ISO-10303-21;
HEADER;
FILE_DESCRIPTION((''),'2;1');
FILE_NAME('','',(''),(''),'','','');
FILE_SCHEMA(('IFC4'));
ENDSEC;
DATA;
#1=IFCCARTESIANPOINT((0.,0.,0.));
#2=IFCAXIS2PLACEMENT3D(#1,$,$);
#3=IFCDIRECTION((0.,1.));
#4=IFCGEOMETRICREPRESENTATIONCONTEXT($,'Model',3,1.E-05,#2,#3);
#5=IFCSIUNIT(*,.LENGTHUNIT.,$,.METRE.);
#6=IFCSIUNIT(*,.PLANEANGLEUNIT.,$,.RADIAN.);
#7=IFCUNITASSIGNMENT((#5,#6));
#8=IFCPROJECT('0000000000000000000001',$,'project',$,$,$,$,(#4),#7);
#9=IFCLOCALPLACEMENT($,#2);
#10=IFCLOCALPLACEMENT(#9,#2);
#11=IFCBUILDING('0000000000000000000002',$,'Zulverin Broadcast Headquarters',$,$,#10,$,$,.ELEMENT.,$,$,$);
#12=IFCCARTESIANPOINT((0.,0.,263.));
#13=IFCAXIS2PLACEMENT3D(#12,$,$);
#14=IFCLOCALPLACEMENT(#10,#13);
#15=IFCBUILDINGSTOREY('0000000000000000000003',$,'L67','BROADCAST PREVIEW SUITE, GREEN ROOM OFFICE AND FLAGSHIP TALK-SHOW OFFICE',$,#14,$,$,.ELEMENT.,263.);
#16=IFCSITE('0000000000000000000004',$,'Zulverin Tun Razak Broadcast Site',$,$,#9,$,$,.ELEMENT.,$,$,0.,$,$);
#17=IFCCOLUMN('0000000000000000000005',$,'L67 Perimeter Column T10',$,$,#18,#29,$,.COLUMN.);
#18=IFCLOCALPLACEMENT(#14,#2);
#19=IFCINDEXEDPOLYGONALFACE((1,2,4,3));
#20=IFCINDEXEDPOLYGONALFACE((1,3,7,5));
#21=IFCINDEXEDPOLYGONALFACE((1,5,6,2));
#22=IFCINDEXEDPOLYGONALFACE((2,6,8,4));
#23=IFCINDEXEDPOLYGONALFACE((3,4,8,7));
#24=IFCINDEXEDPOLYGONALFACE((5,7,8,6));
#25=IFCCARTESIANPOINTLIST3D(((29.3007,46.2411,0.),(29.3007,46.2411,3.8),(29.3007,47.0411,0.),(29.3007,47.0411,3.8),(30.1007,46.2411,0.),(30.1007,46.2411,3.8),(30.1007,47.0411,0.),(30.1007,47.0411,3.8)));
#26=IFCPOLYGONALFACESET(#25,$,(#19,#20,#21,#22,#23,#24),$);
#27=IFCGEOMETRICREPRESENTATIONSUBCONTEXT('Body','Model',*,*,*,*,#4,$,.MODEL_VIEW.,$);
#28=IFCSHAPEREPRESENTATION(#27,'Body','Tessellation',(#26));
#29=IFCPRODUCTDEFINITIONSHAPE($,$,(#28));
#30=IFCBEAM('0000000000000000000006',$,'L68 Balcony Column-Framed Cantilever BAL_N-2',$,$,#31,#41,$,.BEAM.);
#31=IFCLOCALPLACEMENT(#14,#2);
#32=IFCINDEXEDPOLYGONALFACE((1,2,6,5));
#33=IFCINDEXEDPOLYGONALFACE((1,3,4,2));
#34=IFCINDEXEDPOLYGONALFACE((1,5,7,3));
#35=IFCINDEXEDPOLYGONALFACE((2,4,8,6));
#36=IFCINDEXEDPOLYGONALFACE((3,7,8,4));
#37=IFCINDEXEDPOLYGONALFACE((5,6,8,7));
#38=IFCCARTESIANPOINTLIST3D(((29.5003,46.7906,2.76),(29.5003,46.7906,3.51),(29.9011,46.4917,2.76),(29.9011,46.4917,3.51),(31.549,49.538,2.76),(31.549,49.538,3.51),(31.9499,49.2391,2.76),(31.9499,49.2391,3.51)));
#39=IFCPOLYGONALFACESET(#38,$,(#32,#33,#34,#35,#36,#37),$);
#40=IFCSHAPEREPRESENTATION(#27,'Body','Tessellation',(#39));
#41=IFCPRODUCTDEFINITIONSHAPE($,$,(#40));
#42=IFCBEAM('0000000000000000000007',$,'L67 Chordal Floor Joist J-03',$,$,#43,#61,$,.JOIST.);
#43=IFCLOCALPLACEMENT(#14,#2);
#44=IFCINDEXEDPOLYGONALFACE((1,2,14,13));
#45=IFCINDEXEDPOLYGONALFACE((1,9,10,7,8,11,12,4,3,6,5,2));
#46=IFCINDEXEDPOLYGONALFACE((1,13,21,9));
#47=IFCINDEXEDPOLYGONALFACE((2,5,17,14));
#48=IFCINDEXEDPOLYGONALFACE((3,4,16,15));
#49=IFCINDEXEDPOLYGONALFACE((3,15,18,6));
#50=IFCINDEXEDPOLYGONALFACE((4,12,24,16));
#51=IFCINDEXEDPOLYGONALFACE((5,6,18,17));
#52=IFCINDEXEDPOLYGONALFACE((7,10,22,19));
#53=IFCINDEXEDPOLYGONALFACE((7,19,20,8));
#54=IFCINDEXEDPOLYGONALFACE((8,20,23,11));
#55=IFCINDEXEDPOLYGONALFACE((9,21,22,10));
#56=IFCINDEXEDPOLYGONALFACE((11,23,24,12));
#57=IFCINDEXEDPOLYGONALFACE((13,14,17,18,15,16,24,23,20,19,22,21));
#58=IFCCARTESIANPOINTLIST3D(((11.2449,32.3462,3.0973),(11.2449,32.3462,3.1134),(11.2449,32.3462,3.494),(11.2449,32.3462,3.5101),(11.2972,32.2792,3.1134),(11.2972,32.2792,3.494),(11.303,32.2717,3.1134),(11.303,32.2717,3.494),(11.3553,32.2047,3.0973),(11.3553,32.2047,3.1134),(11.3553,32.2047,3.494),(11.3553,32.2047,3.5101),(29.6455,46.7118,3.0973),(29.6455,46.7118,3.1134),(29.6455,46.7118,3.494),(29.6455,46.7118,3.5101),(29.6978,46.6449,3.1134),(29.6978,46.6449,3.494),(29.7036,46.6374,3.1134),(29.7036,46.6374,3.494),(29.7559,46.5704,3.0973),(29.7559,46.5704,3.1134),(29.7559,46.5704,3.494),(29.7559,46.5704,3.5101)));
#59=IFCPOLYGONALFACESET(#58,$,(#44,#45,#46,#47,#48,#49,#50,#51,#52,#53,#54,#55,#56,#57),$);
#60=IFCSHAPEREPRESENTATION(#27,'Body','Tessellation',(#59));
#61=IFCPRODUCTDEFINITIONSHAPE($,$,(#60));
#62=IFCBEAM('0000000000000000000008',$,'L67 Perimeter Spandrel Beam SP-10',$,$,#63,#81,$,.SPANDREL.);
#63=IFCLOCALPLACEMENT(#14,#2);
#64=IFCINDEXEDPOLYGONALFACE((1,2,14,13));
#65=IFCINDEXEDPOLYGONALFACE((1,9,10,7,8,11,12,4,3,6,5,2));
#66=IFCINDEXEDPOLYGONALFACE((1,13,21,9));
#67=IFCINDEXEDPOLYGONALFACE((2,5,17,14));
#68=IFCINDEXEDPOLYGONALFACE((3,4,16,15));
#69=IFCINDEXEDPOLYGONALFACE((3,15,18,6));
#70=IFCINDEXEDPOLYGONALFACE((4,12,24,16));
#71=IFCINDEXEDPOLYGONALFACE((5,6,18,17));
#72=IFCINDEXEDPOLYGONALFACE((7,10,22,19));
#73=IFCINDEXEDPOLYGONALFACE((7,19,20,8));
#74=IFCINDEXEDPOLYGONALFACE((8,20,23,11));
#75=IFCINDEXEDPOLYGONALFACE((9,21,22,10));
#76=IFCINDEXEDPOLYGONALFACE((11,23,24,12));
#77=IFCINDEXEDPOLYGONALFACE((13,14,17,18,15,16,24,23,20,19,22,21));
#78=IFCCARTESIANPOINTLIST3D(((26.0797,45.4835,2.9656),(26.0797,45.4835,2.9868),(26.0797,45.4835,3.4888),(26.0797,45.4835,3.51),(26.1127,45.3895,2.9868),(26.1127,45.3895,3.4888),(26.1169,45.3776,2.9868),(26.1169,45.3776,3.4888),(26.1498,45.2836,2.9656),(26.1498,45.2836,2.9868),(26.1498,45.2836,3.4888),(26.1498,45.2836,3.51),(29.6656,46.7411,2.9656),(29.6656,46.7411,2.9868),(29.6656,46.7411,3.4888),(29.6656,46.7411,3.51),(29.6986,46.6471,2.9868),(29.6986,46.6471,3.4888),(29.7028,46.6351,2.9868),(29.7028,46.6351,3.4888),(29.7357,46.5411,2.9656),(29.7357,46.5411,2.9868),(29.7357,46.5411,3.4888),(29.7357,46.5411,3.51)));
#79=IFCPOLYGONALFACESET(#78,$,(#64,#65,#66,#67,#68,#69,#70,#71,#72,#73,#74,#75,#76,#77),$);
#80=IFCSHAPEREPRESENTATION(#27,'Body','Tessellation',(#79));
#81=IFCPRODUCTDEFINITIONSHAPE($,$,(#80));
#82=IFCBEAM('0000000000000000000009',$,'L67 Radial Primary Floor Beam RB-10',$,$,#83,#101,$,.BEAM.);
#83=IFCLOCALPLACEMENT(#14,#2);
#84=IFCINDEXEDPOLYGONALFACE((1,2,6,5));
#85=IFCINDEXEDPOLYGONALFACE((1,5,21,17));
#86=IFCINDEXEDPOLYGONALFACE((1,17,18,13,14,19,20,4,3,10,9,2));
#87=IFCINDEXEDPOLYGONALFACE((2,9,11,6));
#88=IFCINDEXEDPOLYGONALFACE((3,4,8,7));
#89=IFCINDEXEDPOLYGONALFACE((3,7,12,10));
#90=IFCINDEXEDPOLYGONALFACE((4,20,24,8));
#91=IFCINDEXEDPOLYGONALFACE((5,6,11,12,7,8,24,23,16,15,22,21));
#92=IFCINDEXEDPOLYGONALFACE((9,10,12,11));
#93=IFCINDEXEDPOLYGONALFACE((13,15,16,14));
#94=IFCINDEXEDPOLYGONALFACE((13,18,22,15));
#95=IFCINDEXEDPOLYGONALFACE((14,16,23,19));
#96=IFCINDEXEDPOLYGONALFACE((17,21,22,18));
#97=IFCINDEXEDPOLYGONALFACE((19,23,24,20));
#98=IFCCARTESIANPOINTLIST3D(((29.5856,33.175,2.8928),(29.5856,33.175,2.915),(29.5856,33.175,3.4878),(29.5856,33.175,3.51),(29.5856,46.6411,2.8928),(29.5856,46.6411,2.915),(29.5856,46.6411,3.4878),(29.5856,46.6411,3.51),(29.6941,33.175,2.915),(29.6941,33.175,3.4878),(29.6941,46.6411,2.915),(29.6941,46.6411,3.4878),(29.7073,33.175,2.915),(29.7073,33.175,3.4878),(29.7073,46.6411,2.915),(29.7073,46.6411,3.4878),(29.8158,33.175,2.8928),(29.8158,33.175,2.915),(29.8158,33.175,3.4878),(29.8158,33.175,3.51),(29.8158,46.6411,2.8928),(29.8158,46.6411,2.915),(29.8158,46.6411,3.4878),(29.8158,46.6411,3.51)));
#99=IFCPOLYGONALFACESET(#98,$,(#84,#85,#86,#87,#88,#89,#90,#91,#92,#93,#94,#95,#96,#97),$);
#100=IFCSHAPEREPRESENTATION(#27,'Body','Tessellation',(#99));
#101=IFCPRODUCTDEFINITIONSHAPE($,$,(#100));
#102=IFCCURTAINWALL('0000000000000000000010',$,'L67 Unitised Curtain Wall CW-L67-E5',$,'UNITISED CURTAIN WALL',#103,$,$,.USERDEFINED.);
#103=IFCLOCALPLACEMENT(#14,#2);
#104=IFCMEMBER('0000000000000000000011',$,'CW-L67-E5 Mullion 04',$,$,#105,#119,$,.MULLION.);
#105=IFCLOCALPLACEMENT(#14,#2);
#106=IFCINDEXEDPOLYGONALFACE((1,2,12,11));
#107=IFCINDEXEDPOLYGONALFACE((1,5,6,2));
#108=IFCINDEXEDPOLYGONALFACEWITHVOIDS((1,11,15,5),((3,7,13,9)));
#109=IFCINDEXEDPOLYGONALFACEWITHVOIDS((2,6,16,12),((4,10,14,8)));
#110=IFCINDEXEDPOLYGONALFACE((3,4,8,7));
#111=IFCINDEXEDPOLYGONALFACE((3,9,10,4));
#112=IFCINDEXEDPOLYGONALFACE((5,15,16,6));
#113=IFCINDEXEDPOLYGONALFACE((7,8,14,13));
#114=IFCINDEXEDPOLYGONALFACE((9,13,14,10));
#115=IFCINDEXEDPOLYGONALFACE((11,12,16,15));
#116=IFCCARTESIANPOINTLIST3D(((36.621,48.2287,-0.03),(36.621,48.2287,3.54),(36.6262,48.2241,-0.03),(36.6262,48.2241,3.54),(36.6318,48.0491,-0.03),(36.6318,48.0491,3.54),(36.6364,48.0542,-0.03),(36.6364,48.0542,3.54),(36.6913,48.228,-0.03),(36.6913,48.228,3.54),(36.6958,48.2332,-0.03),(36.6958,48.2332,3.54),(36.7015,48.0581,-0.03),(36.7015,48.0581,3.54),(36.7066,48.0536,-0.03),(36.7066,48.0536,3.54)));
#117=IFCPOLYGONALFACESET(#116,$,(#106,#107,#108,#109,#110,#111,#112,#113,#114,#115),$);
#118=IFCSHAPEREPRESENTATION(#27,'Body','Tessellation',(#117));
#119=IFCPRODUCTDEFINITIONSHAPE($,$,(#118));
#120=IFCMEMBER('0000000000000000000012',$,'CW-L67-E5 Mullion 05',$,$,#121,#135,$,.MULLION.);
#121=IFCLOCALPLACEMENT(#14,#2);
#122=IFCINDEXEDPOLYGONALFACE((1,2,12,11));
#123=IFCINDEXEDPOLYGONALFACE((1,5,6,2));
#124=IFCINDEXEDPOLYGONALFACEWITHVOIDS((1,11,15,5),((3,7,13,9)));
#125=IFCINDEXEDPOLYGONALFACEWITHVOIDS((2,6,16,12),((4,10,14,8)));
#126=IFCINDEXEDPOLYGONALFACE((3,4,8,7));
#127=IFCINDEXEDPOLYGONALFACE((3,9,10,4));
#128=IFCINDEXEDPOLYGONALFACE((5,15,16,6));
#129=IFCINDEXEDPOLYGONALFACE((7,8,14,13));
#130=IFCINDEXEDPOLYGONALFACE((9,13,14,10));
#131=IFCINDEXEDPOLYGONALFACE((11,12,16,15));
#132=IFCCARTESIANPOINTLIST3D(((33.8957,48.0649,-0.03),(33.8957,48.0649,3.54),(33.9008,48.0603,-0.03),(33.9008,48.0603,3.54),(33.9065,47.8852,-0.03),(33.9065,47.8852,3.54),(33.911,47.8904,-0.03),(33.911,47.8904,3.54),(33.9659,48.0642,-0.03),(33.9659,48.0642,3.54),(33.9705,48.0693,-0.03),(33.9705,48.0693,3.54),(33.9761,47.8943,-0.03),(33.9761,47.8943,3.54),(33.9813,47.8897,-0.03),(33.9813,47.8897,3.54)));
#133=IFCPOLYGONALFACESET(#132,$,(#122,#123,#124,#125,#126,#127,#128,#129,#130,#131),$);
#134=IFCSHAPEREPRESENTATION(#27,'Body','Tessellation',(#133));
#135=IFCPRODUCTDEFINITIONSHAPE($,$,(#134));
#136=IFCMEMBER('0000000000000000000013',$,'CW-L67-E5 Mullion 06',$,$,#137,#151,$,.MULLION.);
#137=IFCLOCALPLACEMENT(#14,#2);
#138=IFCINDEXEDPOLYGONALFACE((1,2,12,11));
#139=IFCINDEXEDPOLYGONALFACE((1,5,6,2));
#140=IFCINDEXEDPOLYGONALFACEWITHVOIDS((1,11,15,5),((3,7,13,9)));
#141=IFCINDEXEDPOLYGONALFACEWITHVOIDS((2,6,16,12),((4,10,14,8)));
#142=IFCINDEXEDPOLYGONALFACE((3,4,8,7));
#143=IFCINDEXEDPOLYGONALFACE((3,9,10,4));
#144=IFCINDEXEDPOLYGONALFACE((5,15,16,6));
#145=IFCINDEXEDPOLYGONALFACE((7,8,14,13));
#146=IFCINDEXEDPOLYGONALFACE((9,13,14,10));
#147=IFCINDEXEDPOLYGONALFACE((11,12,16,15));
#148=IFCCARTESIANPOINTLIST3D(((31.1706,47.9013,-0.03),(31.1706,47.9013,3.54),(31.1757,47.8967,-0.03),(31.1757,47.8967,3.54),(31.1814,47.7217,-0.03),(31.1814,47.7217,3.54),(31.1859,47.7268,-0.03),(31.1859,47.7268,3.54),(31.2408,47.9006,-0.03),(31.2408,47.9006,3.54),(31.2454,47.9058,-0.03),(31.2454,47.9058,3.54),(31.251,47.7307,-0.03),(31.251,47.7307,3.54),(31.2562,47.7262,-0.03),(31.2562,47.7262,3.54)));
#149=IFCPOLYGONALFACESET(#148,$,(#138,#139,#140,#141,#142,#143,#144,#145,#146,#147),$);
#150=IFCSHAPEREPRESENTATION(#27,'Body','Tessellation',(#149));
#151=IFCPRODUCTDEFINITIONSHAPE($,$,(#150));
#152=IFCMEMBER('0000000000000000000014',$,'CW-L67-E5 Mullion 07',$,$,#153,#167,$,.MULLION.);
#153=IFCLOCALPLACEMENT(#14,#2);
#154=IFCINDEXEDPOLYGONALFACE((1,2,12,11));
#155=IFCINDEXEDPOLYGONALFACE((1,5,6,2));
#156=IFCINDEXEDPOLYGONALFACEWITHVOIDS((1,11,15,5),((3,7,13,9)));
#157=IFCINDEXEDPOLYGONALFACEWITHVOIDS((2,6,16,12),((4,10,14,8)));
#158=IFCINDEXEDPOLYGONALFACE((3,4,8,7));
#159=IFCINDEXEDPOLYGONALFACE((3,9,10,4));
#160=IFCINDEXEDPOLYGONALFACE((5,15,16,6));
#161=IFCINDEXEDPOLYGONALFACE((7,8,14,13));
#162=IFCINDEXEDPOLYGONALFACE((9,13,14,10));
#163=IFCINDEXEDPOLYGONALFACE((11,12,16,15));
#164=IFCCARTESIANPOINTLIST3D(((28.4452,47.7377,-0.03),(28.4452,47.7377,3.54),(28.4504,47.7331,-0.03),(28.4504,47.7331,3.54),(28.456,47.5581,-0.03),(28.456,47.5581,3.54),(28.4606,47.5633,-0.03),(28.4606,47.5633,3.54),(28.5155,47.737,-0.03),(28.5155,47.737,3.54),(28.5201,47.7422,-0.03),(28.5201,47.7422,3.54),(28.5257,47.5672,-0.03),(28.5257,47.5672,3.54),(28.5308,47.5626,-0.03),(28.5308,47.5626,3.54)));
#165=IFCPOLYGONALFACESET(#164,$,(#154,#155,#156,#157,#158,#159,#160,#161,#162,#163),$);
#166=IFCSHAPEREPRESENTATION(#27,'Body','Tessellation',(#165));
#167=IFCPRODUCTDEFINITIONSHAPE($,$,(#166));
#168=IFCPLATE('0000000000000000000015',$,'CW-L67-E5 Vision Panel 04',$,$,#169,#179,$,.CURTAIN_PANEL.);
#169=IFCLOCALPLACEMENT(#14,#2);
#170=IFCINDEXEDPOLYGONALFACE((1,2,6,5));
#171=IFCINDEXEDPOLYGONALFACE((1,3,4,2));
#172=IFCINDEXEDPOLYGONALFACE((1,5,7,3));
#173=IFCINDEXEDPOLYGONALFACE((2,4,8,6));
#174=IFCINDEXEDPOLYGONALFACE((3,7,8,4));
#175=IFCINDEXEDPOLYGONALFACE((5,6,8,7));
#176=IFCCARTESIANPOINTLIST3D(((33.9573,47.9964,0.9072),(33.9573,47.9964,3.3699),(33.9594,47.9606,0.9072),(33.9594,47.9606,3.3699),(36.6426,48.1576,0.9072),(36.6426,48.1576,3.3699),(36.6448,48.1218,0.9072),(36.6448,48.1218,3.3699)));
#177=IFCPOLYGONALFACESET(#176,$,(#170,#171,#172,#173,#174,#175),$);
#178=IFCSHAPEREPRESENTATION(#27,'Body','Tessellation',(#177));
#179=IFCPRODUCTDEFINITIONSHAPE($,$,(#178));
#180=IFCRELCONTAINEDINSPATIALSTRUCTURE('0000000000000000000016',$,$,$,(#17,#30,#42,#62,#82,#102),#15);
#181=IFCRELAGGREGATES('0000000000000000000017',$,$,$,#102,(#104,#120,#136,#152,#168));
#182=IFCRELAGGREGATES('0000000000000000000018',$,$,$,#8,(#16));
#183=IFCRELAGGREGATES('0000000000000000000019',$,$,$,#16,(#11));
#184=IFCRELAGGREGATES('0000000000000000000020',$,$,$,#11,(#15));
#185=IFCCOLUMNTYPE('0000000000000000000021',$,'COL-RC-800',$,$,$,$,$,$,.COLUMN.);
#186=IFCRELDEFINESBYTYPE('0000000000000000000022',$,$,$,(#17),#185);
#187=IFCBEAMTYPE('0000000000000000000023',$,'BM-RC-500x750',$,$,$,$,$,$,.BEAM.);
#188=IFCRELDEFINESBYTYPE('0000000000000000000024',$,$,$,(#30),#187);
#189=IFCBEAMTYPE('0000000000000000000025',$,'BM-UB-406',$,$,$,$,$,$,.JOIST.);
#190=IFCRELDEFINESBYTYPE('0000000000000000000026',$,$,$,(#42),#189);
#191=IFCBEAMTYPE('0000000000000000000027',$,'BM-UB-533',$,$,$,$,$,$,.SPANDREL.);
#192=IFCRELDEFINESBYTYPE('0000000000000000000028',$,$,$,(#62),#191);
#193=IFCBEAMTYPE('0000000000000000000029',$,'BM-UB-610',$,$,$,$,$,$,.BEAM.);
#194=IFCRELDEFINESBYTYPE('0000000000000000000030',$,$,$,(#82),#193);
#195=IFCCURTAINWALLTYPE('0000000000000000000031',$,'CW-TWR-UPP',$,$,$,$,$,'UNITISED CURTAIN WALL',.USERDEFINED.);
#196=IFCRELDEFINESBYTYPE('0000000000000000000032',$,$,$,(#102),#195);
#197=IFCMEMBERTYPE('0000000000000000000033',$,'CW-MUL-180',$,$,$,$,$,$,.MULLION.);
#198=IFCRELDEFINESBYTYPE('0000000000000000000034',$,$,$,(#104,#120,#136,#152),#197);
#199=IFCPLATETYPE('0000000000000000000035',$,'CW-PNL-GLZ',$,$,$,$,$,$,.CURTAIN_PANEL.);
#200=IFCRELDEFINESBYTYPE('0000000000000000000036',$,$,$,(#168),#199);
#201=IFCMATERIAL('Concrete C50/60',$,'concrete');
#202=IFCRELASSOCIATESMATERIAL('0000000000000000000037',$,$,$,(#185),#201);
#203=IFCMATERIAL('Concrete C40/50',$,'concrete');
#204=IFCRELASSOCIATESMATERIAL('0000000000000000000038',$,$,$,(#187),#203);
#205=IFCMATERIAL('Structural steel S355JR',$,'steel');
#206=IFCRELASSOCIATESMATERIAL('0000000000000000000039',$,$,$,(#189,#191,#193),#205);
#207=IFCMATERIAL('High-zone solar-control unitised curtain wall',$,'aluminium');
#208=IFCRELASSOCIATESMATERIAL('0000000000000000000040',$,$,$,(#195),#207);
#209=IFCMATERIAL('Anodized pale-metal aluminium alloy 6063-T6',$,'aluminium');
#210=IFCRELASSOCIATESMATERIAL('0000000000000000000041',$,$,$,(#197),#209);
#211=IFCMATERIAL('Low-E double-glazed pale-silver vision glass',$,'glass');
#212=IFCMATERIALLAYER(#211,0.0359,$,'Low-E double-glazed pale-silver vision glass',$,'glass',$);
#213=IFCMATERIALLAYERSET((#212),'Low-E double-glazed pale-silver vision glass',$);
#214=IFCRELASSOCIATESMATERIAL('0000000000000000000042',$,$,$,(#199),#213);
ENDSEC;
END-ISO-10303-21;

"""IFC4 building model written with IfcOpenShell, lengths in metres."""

from ifc_helpers import new_model, si_unit, direction, frame, origin, origin_2d, place, context, subcontext, project, spatial, rectangle, hollow_rectangle, i_section, extrude, material, layer, layer_set, material_profile, profile_set, type_object, element, aggregate, save


model = new_model("IFC4")

# Units and contexts
model_context = context("Model", 3, precision=1e-05, world=origin(), true_north=direction((0.0, 1.0)))
body_context = subcontext(model_context, "Body", "Model", "MODEL_VIEW")
ifc_project = project(units=[si_unit("LENGTHUNIT", "METRE"), si_unit("PLANEANGLEUNIT", "RADIAN")], contexts=[model_context])

# Site, building, storey
site_placement = place(None, origin())
site = spatial("IfcSite", under=ifc_project, at=site_placement, Name="Zulverin Tun Razak Broadcast Site", CompositionType="ELEMENT", RefElevation=0.0)
building_placement = place(site_placement, origin())
building = spatial("IfcBuilding", under=site, at=building_placement, Name="Zulverin Broadcast Headquarters", CompositionType="ELEMENT")
storey_placement = place(building_placement, frame((0.0, 0.0, 263.0)))
storey = spatial("IfcBuildingStorey", under=building, at=storey_placement, Name="L67", Description="BROADCAST PREVIEW SUITE, GREEN ROOM OFFICE AND FLAGSHIP TALK-SHOW OFFICE", CompositionType="ELEMENT", Elevation=263.0)

# Column
ifc_material_1 = material(Name="Concrete C50/60", Category="concrete")
ifc_material_profile_1 = material_profile(ifc_material_1, rectangle(XDim=0.8, YDim=0.8, at=origin_2d()), Name="Concrete C50/60", Category="concrete")
ifc_profile_set_1 = profile_set([ifc_material_profile_1], Name="Concrete C50/60")
column_type = type_object("IfcColumnType", Name="COL-RC-800", PredefinedType="COLUMN", material=ifc_profile_set_1)
column_placement = place(storey_placement, frame((29.7007, 46.6411, 0.0), z_axis=(0.0, 0.0, 1.0), x_axis=(1.0, 0.0, 0.0)))
element("IfcColumn", 1, at=column_placement, inside=storey, type_object=column_type, Name="L67 Perimeter Column T10", PredefinedType="COLUMN", context=body_context, shape_type="SweptSolid", body=[
    extrude(rectangle(XDim=0.8, YDim=0.8, at=origin_2d()), origin(), (0.0, 0.0, 1.0), 3.8),
])

# Beams
ifc_material_2 = material(Name="Concrete C40/50", Category="concrete")
ifc_material_profile_2 = material_profile(ifc_material_2, rectangle(XDim=0.5, YDim=0.75, at=origin_2d()), Name="Concrete C40/50", Category="concrete")
ifc_profile_set_2 = profile_set([ifc_material_profile_2], Name="Concrete C40/50")
beam_type_1 = type_object("IfcBeamType", Name="BM-RC-500x750", PredefinedType="BEAM", material=ifc_profile_set_2)
beam_1_placement = place(storey_placement, frame((29.7007, 46.6411, 3.135), z_axis=(0.597787, 0.801655, 0.0), x_axis=(-0.801655, 0.597787, 0.0)))
element("IfcBeam", 2, at=beam_1_placement, inside=storey, type_object=beam_type_1, Name="L68 Balcony Column-Framed Cantilever BAL_N-2", PredefinedType="BEAM", context=body_context, shape_type="SweptSolid", body=[
    extrude(rectangle(XDim=0.5, YDim=0.75, at=origin_2d()), origin(), (0.0, 0.0, 1.0), 3.4272),
])
ifc_material_3 = material(Name="Structural steel S355JR", Category="steel")
ifc_material_profile_3 = material_profile(ifc_material_3, i_section(OverallWidth=0.1794, OverallDepth=0.4128, WebThickness=0.0095, FlangeThickness=0.0161, at=origin_2d()), Name="Structural steel S355JR", Category="steel")
ifc_profile_set_3 = profile_set([ifc_material_profile_3], Name="Structural steel S355JR")
beam_type_2 = type_object("IfcBeamType", Name="BM-UB-406", PredefinedType="JOIST", material=ifc_profile_set_3)
beam_2_placement = place(storey_placement, frame((29.7007, 46.6411, 3.3037), z_axis=(-0.788227, -0.615384, 0.0), x_axis=(0.615384, -0.788227, 0.0)))
element("IfcBeam", 3, at=beam_2_placement, inside=storey, type_object=beam_type_2, Name="L67 Chordal Floor Joist J-03", PredefinedType="JOIST", context=body_context, shape_type="SweptSolid", body=[
    extrude(i_section(OverallWidth=0.1794, OverallDepth=0.4128, WebThickness=0.0095, FlangeThickness=0.0161, at=origin_2d()), origin(), (0.0, 0.0, 1.0), 23.3442),
])
ifc_material_profile_4 = material_profile(ifc_material_3, i_section(OverallWidth=0.2119, OverallDepth=0.5444, WebThickness=0.0127, FlangeThickness=0.0212, at=origin_2d()), Name="Structural steel S355JR", Category="steel")
ifc_profile_set_4 = profile_set([ifc_material_profile_4], Name="Structural steel S355JR")
beam_type_3 = type_object("IfcBeamType", Name="BM-UB-533", PredefinedType="SPANDREL", material=ifc_profile_set_4)
beam_3_placement = place(storey_placement, frame((29.7007, 46.6411, 3.2378), z_axis=(-0.943654, -0.330934, 0.0), x_axis=(0.330934, -0.943654, 0.0)))
element("IfcBeam", 4, at=beam_3_placement, inside=storey, type_object=beam_type_3, Name="L67 Perimeter Spandrel Beam SP-10", PredefinedType="SPANDREL", context=body_context, shape_type="SweptSolid", body=[
    extrude(i_section(OverallWidth=0.2119, OverallDepth=0.5444, WebThickness=0.0127, FlangeThickness=0.0212, at=origin_2d()), origin(), (0.0, 0.0, 1.0), 3.8),
])
ifc_material_profile_5 = material_profile(ifc_material_3, i_section(OverallWidth=0.2302, OverallDepth=0.6172, WebThickness=0.0132, FlangeThickness=0.0222, at=origin_2d()), Name="Structural steel S355JR", Category="steel")
ifc_profile_set_5 = profile_set([ifc_material_profile_5], Name="Structural steel S355JR")
beam_type_4 = type_object("IfcBeamType", Name="BM-UB-610", PredefinedType="BEAM", material=ifc_profile_set_5)
beam_4_placement = place(storey_placement, frame((29.7007, 33.175, 3.2014), z_axis=(0.0, 1.0, 0.0), x_axis=(-1.0, 0.0, 0.0)))
element("IfcBeam", 5, at=beam_4_placement, inside=storey, type_object=beam_type_4, Name="L67 Radial Primary Floor Beam RB-10", PredefinedType="BEAM", context=body_context, shape_type="SweptSolid", body=[
    extrude(i_section(OverallWidth=0.2302, OverallDepth=0.6172, WebThickness=0.0132, FlangeThickness=0.0222, at=origin_2d()), origin(), (0.0, 0.0, 1.0), 13.4661),
])

# Curtain wall, members, plate
ifc_material_4 = material(Name="High-zone solar-control unitised curtain wall", Category="aluminium")
curtain_wall_type = type_object("IfcCurtainWallType", Name="CW-TWR-UPP", ElementType="UNITISED CURTAIN WALL", PredefinedType="USERDEFINED", material=ifc_material_4)
curtain_wall_placement = place(storey_placement, origin())
curtain_wall = element("IfcCurtainWall", 6, at=curtain_wall_placement, inside=storey, type_object=curtain_wall_type, Name="L67 Unitised Curtain Wall CW-L67-E5", ObjectType="UNITISED CURTAIN WALL", PredefinedType="USERDEFINED")
ifc_material_5 = material(Name="Anodized pale-metal aluminium alloy 6063-T6", Category="aluminium")
ifc_material_profile_6 = material_profile(ifc_material_5, hollow_rectangle(XDim=0.075, YDim=0.1799, WallThickness=0.0049, at=origin_2d()), Name="Anodized pale-metal aluminium alloy 6063-T6", Category="aluminium")
ifc_profile_set_6 = profile_set([ifc_material_profile_6], Name="Anodized pale-metal aluminium alloy 6063-T6")
member_type = type_object("IfcMemberType", Name="CW-MUL-180", PredefinedType="MULLION", material=ifc_profile_set_6)
member_1_placement = place(storey_placement, frame((36.6638, 48.1411, -0.03), z_axis=(0.0, 0.0, 1.0), x_axis=(-0.998203, -0.05993, 0.0)))
member_1 = element("IfcMember", 7, at=member_1_placement, type_object=member_type, Name="CW-L67-E5 Mullion 04", PredefinedType="MULLION", context=body_context, shape_type="SweptSolid", body=[
    extrude(hollow_rectangle(XDim=0.075, YDim=0.1799, WallThickness=0.0049, at=origin_2d()), origin(), (0.0, 0.0, 1.0), 3.5701),
])
member_2_placement = place(storey_placement, frame((33.9385, 47.9773, -0.03), z_axis=(0.0, 0.0, 1.0), x_axis=(-0.998203, -0.05993, 0.0)))
member_2 = element("IfcMember", 8, at=member_2_placement, type_object=member_type, Name="CW-L67-E5 Mullion 05", PredefinedType="MULLION", context=body_context, shape_type="SweptSolid", body=[
    extrude(hollow_rectangle(XDim=0.075, YDim=0.1799, WallThickness=0.0049, at=origin_2d()), origin(), (0.0, 0.0, 1.0), 3.5701),
])
member_3_placement = place(storey_placement, frame((31.2134, 47.8137, -0.03), z_axis=(0.0, 0.0, 1.0), x_axis=(-0.998203, -0.05993, 0.0)))
member_3 = element("IfcMember", 9, at=member_3_placement, type_object=member_type, Name="CW-L67-E5 Mullion 06", PredefinedType="MULLION", context=body_context, shape_type="SweptSolid", body=[
    extrude(hollow_rectangle(XDim=0.075, YDim=0.1799, WallThickness=0.0049, at=origin_2d()), origin(), (0.0, 0.0, 1.0), 3.5701),
])
member_4_placement = place(storey_placement, frame((28.488, 47.6501, -0.03), z_axis=(0.0, 0.0, 1.0), x_axis=(-0.998203, -0.05993, 0.0)))
member_4 = element("IfcMember", 10, at=member_4_placement, type_object=member_type, Name="CW-L67-E5 Mullion 07", PredefinedType="MULLION", context=body_context, shape_type="SweptSolid", body=[
    extrude(hollow_rectangle(XDim=0.075, YDim=0.1799, WallThickness=0.0049, at=origin_2d()), origin(), (0.0, 0.0, 1.0), 3.5701),
])
ifc_material_6 = material(Name="Low-E double-glazed pale-silver vision glass", Category="glass")
ifc_layer_1 = layer(ifc_material_6, 0.0359, Name="Low-E double-glazed pale-silver vision glass", Category="glass")
ifc_layer_set_1 = layer_set([ifc_layer_1], Name="Low-E double-glazed pale-silver vision glass")
plate_type_1 = type_object("IfcPlateType", Name="CW-PNL-GLZ", PredefinedType="CURTAIN_PANEL", material=ifc_layer_set_1)
plate_1_placement = place(storey_placement, frame((35.301, 48.0591, 0.9072), z_axis=(0.0, 0.0, 1.0), x_axis=(-0.998203, -0.05993, 0.0)))
plate_1 = element("IfcPlate", 11, at=plate_1_placement, type_object=plate_type_1, Name="CW-L67-E5 Vision Panel 04", PredefinedType="CURTAIN_PANEL", context=body_context, shape_type="SweptSolid", body=[
    extrude(rectangle(XDim=2.6902, YDim=0.0359, at=origin_2d()), origin(), (0.0, 0.0, 1.0), 2.4626),
])
aggregate(curtain_wall, [member_1, member_2, member_3, member_4, plate_1])

save(model, "model.ifc")
